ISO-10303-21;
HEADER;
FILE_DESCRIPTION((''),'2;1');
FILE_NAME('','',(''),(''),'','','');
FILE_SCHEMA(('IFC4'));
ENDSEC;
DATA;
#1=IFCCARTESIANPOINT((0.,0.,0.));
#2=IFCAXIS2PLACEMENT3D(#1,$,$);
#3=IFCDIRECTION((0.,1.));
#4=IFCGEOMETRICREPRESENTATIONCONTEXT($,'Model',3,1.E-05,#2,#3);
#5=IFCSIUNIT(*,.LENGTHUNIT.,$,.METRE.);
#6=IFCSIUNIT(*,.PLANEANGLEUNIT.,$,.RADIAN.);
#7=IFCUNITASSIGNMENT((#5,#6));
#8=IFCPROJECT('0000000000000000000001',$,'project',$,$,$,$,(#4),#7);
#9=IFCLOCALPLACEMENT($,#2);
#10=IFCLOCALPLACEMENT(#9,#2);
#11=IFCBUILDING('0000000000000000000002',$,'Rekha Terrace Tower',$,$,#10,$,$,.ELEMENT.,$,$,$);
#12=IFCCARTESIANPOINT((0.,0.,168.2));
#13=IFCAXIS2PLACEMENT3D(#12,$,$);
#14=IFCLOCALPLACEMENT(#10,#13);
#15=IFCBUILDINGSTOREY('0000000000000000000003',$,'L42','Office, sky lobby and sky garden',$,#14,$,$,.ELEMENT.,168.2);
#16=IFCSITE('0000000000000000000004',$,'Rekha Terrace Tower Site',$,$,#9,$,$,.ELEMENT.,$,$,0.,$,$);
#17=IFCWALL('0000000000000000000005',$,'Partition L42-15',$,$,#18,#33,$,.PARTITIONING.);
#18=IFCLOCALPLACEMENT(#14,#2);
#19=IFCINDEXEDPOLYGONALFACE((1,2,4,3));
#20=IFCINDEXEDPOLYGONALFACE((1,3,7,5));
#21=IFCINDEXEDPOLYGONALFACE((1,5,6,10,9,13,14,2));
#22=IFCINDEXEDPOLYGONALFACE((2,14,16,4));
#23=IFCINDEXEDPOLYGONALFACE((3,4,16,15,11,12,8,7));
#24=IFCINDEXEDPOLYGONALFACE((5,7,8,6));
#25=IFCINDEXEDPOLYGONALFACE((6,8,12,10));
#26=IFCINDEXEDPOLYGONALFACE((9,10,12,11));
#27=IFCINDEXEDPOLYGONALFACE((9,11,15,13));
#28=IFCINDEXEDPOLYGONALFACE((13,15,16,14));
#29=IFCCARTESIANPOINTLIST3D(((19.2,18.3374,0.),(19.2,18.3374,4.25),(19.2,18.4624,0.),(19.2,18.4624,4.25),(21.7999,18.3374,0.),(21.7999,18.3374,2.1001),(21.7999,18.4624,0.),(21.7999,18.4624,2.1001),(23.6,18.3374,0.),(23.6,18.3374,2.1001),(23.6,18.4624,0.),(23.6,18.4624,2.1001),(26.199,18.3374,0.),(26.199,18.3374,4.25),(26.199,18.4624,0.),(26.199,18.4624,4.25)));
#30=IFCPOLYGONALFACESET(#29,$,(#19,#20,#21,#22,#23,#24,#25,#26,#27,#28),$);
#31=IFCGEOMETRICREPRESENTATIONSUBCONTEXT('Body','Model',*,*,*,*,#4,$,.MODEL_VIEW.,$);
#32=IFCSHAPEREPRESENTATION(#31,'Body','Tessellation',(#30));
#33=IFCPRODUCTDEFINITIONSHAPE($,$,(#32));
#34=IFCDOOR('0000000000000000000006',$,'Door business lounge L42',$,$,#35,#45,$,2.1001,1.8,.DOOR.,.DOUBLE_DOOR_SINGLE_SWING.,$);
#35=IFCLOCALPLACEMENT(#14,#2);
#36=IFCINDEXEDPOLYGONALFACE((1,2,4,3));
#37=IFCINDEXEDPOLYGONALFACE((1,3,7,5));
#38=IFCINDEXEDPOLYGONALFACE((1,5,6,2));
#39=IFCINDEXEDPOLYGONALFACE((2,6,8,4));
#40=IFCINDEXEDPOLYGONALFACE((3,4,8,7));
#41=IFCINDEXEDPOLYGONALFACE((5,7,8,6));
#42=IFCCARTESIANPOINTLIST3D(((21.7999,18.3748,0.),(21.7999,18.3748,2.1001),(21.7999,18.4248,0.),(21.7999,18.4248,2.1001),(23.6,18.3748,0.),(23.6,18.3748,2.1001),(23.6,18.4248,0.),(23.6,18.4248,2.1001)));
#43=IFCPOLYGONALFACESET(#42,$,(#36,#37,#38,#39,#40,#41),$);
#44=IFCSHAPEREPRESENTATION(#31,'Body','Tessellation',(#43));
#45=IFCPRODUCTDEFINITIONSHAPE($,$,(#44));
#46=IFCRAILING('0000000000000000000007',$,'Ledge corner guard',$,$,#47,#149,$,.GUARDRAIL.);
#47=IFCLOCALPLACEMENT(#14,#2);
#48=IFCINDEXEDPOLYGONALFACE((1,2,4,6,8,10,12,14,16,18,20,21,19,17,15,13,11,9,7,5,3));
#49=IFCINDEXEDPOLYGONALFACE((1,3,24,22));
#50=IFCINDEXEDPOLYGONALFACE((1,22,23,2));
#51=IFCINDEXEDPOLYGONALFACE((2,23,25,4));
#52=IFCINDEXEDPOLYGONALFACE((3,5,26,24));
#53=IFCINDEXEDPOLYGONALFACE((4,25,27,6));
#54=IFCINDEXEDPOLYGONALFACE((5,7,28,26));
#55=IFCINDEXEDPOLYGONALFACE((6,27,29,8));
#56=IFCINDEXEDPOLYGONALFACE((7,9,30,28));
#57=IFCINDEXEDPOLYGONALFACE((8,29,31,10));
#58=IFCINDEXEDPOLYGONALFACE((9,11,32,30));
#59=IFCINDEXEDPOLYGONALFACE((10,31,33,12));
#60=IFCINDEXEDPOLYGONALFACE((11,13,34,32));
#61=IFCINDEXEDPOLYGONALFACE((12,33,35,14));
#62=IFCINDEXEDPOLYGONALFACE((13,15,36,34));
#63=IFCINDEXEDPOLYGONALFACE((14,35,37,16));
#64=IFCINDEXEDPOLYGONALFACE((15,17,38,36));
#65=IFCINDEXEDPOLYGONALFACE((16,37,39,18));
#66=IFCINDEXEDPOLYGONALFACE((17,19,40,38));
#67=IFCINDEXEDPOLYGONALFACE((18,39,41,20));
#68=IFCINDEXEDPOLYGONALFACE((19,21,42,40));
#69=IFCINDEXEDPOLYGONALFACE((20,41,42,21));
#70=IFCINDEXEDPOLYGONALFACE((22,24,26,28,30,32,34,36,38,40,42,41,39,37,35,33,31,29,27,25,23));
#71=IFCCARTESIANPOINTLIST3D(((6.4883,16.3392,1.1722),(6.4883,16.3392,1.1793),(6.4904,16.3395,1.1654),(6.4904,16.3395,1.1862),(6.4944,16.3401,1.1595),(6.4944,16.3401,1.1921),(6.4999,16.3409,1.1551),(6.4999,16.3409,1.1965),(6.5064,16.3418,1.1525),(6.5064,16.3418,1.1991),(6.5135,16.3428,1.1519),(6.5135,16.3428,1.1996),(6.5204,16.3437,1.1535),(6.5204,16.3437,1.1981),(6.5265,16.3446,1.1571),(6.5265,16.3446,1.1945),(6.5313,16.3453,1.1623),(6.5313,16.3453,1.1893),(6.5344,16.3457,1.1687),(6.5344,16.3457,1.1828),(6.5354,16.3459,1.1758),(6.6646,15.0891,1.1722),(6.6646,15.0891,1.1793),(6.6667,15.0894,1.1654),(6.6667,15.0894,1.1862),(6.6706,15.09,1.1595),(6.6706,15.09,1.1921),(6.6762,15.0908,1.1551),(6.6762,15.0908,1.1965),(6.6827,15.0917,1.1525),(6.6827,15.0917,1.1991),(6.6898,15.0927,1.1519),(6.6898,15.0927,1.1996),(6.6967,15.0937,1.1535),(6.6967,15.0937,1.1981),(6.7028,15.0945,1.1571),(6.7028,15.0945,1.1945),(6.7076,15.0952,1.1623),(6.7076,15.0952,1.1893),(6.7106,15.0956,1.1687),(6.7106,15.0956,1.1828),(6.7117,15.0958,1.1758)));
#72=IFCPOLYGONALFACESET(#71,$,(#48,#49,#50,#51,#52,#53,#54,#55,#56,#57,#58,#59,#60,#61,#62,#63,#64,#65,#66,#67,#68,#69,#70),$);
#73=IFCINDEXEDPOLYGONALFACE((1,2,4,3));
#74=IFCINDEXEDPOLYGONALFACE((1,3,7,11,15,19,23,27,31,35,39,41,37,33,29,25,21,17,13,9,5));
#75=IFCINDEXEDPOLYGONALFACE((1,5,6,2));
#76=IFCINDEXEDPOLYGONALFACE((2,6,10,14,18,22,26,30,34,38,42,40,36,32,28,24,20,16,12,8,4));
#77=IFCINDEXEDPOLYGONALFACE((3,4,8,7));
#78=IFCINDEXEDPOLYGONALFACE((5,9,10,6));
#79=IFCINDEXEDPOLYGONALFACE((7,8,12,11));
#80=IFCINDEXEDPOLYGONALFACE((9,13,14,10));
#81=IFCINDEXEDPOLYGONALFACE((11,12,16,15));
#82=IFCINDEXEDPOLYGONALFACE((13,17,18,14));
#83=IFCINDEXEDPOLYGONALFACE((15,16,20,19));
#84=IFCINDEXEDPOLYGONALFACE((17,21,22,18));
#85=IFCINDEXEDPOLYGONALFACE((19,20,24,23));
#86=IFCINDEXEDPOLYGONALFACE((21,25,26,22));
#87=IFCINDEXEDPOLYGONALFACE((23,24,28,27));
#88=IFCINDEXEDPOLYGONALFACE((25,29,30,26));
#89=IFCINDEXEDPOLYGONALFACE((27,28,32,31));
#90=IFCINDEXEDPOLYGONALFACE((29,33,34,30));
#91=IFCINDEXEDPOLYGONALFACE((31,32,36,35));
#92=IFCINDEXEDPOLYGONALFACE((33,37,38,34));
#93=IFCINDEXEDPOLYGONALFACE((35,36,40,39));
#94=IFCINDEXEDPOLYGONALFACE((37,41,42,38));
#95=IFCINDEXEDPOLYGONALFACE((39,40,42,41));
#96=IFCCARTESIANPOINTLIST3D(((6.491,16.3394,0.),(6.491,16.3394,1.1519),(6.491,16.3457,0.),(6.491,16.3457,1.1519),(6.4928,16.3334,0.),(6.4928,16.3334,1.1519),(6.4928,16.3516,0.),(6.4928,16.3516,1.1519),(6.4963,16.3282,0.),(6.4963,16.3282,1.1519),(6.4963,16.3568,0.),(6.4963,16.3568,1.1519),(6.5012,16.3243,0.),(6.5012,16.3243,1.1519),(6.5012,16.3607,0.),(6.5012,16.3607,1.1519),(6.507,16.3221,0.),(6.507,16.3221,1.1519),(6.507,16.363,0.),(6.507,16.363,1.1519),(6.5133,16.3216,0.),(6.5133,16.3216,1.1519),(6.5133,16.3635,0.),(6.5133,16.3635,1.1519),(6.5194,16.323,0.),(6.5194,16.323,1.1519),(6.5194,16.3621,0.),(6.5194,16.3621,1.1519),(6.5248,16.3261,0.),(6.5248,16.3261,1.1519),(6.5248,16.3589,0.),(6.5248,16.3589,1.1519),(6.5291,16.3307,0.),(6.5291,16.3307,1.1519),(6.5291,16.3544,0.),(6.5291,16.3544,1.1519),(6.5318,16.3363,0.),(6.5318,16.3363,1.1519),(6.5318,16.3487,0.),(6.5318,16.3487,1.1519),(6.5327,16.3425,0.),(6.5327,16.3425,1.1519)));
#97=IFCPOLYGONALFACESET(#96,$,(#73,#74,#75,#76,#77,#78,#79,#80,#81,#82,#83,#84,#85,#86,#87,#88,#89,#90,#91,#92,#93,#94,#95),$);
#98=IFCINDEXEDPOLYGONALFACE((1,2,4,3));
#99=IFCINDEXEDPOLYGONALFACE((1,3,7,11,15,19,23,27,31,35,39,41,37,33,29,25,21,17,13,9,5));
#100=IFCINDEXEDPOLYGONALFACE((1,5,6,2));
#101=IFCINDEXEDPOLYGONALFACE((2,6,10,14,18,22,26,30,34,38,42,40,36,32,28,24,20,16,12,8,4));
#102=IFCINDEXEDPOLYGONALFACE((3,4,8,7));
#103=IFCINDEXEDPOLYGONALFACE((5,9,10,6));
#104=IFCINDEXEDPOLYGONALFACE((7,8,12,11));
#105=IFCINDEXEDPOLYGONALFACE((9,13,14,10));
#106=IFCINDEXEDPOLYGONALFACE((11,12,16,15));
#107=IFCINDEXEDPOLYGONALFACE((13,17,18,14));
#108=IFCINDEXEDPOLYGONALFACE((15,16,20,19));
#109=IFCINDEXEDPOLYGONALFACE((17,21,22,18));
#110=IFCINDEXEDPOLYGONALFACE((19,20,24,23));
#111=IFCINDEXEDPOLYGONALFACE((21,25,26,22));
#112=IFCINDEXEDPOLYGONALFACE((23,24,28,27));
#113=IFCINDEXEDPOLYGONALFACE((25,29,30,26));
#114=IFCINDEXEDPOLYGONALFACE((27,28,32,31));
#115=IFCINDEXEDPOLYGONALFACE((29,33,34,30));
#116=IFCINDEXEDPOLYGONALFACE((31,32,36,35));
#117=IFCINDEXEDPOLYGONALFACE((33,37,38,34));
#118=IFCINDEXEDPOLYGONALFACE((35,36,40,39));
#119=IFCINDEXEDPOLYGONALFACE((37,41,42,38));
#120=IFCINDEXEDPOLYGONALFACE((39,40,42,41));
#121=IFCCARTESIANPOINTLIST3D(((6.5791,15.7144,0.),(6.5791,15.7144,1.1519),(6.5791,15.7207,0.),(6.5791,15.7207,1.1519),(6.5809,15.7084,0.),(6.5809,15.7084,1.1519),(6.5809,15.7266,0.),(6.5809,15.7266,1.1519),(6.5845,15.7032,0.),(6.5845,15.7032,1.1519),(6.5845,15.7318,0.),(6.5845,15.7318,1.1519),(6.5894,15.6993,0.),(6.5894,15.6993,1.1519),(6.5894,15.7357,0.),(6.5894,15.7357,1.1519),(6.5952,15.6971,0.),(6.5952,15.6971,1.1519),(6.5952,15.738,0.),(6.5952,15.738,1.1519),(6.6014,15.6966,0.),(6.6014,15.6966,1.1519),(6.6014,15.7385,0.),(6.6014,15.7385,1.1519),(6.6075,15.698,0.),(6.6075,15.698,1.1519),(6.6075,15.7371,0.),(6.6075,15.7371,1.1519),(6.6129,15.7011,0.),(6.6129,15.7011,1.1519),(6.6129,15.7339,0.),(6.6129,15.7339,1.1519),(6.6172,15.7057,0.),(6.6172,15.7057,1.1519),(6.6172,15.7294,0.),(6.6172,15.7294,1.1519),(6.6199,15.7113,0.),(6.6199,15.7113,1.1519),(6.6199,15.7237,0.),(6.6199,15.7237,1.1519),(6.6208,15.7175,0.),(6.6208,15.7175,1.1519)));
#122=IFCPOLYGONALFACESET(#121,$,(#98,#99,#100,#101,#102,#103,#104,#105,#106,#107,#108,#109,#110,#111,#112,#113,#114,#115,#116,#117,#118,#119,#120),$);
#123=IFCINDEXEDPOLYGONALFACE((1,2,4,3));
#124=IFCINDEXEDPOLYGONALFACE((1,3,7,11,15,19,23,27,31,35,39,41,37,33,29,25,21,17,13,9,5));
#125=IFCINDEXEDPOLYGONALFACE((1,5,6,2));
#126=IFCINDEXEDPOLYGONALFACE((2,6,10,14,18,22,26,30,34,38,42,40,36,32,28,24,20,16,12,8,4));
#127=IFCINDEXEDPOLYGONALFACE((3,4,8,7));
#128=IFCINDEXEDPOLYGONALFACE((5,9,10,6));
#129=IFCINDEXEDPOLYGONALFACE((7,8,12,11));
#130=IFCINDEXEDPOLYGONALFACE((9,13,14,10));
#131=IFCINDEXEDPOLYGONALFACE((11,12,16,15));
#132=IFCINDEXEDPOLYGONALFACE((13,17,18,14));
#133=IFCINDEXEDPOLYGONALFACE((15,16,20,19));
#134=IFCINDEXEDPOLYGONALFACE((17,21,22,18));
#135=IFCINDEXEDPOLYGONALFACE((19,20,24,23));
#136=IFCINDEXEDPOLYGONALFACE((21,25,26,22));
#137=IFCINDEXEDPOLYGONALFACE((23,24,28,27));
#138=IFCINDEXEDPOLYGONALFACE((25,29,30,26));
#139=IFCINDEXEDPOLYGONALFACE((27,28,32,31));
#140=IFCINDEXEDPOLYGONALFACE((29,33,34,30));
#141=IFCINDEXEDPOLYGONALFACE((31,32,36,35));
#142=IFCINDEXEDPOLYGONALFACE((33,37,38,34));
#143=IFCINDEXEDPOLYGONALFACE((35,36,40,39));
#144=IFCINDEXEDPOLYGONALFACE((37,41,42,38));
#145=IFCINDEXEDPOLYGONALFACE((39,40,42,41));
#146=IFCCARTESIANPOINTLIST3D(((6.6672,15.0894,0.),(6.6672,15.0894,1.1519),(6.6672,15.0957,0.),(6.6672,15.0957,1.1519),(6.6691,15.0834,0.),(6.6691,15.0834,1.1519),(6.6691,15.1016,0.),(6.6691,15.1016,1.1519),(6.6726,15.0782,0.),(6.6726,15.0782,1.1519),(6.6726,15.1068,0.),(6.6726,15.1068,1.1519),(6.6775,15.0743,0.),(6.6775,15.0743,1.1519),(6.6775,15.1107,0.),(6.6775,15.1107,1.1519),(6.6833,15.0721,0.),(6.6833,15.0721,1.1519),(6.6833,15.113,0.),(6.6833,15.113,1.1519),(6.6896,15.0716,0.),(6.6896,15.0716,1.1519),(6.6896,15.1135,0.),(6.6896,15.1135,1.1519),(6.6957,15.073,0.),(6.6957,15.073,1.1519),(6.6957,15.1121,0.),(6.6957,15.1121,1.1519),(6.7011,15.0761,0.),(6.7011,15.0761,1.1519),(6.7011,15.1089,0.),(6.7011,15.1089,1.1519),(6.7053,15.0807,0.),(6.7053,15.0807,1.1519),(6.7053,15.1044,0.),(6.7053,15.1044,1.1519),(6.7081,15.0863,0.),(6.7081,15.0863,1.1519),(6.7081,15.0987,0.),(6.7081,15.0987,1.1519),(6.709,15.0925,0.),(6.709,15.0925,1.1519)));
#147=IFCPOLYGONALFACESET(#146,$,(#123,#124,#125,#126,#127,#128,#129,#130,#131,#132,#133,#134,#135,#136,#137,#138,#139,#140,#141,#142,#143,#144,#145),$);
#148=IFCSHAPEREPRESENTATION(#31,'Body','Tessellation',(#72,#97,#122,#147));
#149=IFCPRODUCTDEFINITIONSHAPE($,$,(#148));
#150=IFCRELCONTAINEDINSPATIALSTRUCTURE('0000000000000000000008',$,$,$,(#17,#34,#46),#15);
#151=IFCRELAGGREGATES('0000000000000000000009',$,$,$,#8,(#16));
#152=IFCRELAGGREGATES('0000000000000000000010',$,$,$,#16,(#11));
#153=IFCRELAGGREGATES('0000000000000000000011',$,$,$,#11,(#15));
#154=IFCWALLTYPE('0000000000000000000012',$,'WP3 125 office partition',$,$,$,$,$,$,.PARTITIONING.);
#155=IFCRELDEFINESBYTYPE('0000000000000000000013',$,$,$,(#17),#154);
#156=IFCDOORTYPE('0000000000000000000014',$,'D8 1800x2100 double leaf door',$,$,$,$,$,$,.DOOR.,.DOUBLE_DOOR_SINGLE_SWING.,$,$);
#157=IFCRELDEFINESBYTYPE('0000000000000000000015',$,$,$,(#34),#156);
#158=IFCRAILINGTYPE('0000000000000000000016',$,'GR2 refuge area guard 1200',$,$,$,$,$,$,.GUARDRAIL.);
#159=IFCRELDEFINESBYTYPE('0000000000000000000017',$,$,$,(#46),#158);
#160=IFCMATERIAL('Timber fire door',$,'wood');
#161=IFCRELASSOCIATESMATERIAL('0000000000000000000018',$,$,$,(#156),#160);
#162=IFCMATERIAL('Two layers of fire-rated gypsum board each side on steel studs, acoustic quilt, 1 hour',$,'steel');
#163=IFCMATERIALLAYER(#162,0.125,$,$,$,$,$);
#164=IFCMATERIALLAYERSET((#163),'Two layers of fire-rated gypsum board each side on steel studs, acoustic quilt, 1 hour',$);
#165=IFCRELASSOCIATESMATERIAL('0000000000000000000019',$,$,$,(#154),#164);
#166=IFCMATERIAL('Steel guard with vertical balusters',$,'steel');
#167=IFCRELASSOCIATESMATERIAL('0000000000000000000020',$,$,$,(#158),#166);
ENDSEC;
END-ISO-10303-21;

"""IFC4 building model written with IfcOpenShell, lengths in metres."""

from ifc_helpers import new_model, si_unit, direction, frame, frame_2d, origin, origin_2d, place, context, subcontext, project, spatial, rectangle, circle, extrude, material, layer, layer_set, type_object, element, fill, save


model = new_model("IFC4")

# Units and contexts
model_context = context("Model", 3, precision=1e-05, world=origin(), true_north=direction((0.0, 1.0)))
body_context = subcontext(model_context, "Body", "Model", "MODEL_VIEW")
ifc_project = project(units=[si_unit("LENGTHUNIT", "METRE"), si_unit("PLANEANGLEUNIT", "RADIAN")], contexts=[model_context])

# Site, building, storey
site_placement = place(None, origin())
site = spatial("IfcSite", under=ifc_project, at=site_placement, Name="Rekha Terrace Tower Site", CompositionType="ELEMENT", RefElevation=0.0)
building_placement = place(site_placement, origin())
building = spatial("IfcBuilding", under=site, at=building_placement, Name="Rekha Terrace Tower", CompositionType="ELEMENT")
storey_placement = place(building_placement, frame((0.0, 0.0, 168.2)))
storey = spatial("IfcBuildingStorey", under=building, at=storey_placement, Name="L42", Description="Office, sky lobby and sky garden", CompositionType="ELEMENT", Elevation=168.2)

# Shared definitions
ifc_material_1 = material(Name="Timber fire door", Category="wood")
door_type = type_object("IfcDoorType", Name="D8 1800x2100 double leaf door", OperationType="DOUBLE_DOOR_SINGLE_SWING", PredefinedType="DOOR", material=ifc_material_1)

# Shared definitions
ifc_material_2 = material(Name="Two layers of fire-rated gypsum board each side on steel studs, acoustic quilt, 1 hour", Category="steel")
ifc_layer_1 = layer(ifc_material_2, 0.125)
ifc_layer_set_1 = layer_set([ifc_layer_1], Name="Two layers of fire-rated gypsum board each side on steel studs, acoustic quilt, 1 hour")
wall_type_1 = type_object("IfcWallType", Name="WP3 125 office partition", PredefinedType="PARTITIONING", material=ifc_layer_set_1)

# Wall, opening, door
wall_1_placement = place(storey_placement, frame((19.2, 18.3999, 0.0), z_axis=(0.0, 0.0, 1.0), x_axis=(1.0, 0.0, 0.0)))
wall_1 = element("IfcWall", 1, at=wall_1_placement, inside=storey, type_object=wall_type_1, Name="Partition L42-15", PredefinedType="PARTITIONING", context=body_context, shape_type="SweptSolid", body=[
    extrude(rectangle(XDim=6.999, YDim=0.125, at=frame_2d((3.4995, 0.0))), origin(), (0.0, 0.0, 1.0), 4.25),
])
opening_1_placement = place(wall_1_placement, frame((2.6001, 0.0, 0.0)))
opening_1 = element("IfcOpeningElement", 2, at=opening_1_placement, cuts=wall_1, PredefinedType="OPENING", context=body_context, shape_type="SweptSolid", body=[
    extrude(rectangle(XDim=1.8, YDim=2.1001, at=frame_2d((0.8999, 1.05))), frame((0.0, 0.0725, 0.0), z_axis=(0.0, -1.0, 0.0), x_axis=(1.0, 0.0, 0.0)), (0.0, 0.0, 1.0), 0.145),
])
door_1_placement = place(opening_1_placement, origin())
door_1 = element("IfcDoor", 3, at=door_1_placement, inside=storey, type_object=door_type, Name="Door business lounge L42", OperationType="DOUBLE_DOOR_SINGLE_SWING", OverallHeight=2.1001, OverallWidth=1.8, PredefinedType="DOOR", context=body_context, shape_type="SweptSolid", body=[
    extrude(rectangle(XDim=1.8, YDim=2.1001, at=frame_2d((0.8999, 1.05))), frame((0.0, 0.0249, 0.0), z_axis=(0.0, -1.0, 0.0), x_axis=(1.0, 0.0, 0.0)), (0.0, 0.0, 1.0), 0.05),
])
fill(opening_1, door_1)

# Railing
ifc_material_3 = material(Name="Steel guard with vertical balusters", Category="steel")
railing_type = type_object("IfcRailingType", Name="GR2 refuge area guard 1200", PredefinedType="GUARDRAIL", material=ifc_material_3)
railing_1_placement = place(storey_placement, frame((6.5117, 16.3425, 0.0)))
element("IfcRailing", 4, at=railing_1_placement, inside=storey, type_object=railing_type, Name="Ledge corner guard", PredefinedType="GUARDRAIL", context=body_context, shape_type="SweptSolid", body=[
    extrude(circle(Radius=0.0239, at=origin_2d()), frame((0.0, 0.0, 1.1758), z_axis=(0.139634, -0.990203, 0.0), x_axis=(0.990203, 0.139634, 0.0)), (0.0, 0.0, 1.0), 1.2625),
    extrude(circle(Radius=0.021, at=origin_2d()), origin(), (0.0, 0.0, 1.0), 1.1519),
    extrude(circle(Radius=0.021, at=origin_2d()), frame((0.0881, -0.625, 0.0)), (0.0, 0.0, 1.0), 1.1519),
    extrude(circle(Radius=0.021, at=origin_2d()), frame((0.1763, -1.25, 0.0)), (0.0, 0.0, 1.0), 1.1519),
])

save(model, "model.ifc")
